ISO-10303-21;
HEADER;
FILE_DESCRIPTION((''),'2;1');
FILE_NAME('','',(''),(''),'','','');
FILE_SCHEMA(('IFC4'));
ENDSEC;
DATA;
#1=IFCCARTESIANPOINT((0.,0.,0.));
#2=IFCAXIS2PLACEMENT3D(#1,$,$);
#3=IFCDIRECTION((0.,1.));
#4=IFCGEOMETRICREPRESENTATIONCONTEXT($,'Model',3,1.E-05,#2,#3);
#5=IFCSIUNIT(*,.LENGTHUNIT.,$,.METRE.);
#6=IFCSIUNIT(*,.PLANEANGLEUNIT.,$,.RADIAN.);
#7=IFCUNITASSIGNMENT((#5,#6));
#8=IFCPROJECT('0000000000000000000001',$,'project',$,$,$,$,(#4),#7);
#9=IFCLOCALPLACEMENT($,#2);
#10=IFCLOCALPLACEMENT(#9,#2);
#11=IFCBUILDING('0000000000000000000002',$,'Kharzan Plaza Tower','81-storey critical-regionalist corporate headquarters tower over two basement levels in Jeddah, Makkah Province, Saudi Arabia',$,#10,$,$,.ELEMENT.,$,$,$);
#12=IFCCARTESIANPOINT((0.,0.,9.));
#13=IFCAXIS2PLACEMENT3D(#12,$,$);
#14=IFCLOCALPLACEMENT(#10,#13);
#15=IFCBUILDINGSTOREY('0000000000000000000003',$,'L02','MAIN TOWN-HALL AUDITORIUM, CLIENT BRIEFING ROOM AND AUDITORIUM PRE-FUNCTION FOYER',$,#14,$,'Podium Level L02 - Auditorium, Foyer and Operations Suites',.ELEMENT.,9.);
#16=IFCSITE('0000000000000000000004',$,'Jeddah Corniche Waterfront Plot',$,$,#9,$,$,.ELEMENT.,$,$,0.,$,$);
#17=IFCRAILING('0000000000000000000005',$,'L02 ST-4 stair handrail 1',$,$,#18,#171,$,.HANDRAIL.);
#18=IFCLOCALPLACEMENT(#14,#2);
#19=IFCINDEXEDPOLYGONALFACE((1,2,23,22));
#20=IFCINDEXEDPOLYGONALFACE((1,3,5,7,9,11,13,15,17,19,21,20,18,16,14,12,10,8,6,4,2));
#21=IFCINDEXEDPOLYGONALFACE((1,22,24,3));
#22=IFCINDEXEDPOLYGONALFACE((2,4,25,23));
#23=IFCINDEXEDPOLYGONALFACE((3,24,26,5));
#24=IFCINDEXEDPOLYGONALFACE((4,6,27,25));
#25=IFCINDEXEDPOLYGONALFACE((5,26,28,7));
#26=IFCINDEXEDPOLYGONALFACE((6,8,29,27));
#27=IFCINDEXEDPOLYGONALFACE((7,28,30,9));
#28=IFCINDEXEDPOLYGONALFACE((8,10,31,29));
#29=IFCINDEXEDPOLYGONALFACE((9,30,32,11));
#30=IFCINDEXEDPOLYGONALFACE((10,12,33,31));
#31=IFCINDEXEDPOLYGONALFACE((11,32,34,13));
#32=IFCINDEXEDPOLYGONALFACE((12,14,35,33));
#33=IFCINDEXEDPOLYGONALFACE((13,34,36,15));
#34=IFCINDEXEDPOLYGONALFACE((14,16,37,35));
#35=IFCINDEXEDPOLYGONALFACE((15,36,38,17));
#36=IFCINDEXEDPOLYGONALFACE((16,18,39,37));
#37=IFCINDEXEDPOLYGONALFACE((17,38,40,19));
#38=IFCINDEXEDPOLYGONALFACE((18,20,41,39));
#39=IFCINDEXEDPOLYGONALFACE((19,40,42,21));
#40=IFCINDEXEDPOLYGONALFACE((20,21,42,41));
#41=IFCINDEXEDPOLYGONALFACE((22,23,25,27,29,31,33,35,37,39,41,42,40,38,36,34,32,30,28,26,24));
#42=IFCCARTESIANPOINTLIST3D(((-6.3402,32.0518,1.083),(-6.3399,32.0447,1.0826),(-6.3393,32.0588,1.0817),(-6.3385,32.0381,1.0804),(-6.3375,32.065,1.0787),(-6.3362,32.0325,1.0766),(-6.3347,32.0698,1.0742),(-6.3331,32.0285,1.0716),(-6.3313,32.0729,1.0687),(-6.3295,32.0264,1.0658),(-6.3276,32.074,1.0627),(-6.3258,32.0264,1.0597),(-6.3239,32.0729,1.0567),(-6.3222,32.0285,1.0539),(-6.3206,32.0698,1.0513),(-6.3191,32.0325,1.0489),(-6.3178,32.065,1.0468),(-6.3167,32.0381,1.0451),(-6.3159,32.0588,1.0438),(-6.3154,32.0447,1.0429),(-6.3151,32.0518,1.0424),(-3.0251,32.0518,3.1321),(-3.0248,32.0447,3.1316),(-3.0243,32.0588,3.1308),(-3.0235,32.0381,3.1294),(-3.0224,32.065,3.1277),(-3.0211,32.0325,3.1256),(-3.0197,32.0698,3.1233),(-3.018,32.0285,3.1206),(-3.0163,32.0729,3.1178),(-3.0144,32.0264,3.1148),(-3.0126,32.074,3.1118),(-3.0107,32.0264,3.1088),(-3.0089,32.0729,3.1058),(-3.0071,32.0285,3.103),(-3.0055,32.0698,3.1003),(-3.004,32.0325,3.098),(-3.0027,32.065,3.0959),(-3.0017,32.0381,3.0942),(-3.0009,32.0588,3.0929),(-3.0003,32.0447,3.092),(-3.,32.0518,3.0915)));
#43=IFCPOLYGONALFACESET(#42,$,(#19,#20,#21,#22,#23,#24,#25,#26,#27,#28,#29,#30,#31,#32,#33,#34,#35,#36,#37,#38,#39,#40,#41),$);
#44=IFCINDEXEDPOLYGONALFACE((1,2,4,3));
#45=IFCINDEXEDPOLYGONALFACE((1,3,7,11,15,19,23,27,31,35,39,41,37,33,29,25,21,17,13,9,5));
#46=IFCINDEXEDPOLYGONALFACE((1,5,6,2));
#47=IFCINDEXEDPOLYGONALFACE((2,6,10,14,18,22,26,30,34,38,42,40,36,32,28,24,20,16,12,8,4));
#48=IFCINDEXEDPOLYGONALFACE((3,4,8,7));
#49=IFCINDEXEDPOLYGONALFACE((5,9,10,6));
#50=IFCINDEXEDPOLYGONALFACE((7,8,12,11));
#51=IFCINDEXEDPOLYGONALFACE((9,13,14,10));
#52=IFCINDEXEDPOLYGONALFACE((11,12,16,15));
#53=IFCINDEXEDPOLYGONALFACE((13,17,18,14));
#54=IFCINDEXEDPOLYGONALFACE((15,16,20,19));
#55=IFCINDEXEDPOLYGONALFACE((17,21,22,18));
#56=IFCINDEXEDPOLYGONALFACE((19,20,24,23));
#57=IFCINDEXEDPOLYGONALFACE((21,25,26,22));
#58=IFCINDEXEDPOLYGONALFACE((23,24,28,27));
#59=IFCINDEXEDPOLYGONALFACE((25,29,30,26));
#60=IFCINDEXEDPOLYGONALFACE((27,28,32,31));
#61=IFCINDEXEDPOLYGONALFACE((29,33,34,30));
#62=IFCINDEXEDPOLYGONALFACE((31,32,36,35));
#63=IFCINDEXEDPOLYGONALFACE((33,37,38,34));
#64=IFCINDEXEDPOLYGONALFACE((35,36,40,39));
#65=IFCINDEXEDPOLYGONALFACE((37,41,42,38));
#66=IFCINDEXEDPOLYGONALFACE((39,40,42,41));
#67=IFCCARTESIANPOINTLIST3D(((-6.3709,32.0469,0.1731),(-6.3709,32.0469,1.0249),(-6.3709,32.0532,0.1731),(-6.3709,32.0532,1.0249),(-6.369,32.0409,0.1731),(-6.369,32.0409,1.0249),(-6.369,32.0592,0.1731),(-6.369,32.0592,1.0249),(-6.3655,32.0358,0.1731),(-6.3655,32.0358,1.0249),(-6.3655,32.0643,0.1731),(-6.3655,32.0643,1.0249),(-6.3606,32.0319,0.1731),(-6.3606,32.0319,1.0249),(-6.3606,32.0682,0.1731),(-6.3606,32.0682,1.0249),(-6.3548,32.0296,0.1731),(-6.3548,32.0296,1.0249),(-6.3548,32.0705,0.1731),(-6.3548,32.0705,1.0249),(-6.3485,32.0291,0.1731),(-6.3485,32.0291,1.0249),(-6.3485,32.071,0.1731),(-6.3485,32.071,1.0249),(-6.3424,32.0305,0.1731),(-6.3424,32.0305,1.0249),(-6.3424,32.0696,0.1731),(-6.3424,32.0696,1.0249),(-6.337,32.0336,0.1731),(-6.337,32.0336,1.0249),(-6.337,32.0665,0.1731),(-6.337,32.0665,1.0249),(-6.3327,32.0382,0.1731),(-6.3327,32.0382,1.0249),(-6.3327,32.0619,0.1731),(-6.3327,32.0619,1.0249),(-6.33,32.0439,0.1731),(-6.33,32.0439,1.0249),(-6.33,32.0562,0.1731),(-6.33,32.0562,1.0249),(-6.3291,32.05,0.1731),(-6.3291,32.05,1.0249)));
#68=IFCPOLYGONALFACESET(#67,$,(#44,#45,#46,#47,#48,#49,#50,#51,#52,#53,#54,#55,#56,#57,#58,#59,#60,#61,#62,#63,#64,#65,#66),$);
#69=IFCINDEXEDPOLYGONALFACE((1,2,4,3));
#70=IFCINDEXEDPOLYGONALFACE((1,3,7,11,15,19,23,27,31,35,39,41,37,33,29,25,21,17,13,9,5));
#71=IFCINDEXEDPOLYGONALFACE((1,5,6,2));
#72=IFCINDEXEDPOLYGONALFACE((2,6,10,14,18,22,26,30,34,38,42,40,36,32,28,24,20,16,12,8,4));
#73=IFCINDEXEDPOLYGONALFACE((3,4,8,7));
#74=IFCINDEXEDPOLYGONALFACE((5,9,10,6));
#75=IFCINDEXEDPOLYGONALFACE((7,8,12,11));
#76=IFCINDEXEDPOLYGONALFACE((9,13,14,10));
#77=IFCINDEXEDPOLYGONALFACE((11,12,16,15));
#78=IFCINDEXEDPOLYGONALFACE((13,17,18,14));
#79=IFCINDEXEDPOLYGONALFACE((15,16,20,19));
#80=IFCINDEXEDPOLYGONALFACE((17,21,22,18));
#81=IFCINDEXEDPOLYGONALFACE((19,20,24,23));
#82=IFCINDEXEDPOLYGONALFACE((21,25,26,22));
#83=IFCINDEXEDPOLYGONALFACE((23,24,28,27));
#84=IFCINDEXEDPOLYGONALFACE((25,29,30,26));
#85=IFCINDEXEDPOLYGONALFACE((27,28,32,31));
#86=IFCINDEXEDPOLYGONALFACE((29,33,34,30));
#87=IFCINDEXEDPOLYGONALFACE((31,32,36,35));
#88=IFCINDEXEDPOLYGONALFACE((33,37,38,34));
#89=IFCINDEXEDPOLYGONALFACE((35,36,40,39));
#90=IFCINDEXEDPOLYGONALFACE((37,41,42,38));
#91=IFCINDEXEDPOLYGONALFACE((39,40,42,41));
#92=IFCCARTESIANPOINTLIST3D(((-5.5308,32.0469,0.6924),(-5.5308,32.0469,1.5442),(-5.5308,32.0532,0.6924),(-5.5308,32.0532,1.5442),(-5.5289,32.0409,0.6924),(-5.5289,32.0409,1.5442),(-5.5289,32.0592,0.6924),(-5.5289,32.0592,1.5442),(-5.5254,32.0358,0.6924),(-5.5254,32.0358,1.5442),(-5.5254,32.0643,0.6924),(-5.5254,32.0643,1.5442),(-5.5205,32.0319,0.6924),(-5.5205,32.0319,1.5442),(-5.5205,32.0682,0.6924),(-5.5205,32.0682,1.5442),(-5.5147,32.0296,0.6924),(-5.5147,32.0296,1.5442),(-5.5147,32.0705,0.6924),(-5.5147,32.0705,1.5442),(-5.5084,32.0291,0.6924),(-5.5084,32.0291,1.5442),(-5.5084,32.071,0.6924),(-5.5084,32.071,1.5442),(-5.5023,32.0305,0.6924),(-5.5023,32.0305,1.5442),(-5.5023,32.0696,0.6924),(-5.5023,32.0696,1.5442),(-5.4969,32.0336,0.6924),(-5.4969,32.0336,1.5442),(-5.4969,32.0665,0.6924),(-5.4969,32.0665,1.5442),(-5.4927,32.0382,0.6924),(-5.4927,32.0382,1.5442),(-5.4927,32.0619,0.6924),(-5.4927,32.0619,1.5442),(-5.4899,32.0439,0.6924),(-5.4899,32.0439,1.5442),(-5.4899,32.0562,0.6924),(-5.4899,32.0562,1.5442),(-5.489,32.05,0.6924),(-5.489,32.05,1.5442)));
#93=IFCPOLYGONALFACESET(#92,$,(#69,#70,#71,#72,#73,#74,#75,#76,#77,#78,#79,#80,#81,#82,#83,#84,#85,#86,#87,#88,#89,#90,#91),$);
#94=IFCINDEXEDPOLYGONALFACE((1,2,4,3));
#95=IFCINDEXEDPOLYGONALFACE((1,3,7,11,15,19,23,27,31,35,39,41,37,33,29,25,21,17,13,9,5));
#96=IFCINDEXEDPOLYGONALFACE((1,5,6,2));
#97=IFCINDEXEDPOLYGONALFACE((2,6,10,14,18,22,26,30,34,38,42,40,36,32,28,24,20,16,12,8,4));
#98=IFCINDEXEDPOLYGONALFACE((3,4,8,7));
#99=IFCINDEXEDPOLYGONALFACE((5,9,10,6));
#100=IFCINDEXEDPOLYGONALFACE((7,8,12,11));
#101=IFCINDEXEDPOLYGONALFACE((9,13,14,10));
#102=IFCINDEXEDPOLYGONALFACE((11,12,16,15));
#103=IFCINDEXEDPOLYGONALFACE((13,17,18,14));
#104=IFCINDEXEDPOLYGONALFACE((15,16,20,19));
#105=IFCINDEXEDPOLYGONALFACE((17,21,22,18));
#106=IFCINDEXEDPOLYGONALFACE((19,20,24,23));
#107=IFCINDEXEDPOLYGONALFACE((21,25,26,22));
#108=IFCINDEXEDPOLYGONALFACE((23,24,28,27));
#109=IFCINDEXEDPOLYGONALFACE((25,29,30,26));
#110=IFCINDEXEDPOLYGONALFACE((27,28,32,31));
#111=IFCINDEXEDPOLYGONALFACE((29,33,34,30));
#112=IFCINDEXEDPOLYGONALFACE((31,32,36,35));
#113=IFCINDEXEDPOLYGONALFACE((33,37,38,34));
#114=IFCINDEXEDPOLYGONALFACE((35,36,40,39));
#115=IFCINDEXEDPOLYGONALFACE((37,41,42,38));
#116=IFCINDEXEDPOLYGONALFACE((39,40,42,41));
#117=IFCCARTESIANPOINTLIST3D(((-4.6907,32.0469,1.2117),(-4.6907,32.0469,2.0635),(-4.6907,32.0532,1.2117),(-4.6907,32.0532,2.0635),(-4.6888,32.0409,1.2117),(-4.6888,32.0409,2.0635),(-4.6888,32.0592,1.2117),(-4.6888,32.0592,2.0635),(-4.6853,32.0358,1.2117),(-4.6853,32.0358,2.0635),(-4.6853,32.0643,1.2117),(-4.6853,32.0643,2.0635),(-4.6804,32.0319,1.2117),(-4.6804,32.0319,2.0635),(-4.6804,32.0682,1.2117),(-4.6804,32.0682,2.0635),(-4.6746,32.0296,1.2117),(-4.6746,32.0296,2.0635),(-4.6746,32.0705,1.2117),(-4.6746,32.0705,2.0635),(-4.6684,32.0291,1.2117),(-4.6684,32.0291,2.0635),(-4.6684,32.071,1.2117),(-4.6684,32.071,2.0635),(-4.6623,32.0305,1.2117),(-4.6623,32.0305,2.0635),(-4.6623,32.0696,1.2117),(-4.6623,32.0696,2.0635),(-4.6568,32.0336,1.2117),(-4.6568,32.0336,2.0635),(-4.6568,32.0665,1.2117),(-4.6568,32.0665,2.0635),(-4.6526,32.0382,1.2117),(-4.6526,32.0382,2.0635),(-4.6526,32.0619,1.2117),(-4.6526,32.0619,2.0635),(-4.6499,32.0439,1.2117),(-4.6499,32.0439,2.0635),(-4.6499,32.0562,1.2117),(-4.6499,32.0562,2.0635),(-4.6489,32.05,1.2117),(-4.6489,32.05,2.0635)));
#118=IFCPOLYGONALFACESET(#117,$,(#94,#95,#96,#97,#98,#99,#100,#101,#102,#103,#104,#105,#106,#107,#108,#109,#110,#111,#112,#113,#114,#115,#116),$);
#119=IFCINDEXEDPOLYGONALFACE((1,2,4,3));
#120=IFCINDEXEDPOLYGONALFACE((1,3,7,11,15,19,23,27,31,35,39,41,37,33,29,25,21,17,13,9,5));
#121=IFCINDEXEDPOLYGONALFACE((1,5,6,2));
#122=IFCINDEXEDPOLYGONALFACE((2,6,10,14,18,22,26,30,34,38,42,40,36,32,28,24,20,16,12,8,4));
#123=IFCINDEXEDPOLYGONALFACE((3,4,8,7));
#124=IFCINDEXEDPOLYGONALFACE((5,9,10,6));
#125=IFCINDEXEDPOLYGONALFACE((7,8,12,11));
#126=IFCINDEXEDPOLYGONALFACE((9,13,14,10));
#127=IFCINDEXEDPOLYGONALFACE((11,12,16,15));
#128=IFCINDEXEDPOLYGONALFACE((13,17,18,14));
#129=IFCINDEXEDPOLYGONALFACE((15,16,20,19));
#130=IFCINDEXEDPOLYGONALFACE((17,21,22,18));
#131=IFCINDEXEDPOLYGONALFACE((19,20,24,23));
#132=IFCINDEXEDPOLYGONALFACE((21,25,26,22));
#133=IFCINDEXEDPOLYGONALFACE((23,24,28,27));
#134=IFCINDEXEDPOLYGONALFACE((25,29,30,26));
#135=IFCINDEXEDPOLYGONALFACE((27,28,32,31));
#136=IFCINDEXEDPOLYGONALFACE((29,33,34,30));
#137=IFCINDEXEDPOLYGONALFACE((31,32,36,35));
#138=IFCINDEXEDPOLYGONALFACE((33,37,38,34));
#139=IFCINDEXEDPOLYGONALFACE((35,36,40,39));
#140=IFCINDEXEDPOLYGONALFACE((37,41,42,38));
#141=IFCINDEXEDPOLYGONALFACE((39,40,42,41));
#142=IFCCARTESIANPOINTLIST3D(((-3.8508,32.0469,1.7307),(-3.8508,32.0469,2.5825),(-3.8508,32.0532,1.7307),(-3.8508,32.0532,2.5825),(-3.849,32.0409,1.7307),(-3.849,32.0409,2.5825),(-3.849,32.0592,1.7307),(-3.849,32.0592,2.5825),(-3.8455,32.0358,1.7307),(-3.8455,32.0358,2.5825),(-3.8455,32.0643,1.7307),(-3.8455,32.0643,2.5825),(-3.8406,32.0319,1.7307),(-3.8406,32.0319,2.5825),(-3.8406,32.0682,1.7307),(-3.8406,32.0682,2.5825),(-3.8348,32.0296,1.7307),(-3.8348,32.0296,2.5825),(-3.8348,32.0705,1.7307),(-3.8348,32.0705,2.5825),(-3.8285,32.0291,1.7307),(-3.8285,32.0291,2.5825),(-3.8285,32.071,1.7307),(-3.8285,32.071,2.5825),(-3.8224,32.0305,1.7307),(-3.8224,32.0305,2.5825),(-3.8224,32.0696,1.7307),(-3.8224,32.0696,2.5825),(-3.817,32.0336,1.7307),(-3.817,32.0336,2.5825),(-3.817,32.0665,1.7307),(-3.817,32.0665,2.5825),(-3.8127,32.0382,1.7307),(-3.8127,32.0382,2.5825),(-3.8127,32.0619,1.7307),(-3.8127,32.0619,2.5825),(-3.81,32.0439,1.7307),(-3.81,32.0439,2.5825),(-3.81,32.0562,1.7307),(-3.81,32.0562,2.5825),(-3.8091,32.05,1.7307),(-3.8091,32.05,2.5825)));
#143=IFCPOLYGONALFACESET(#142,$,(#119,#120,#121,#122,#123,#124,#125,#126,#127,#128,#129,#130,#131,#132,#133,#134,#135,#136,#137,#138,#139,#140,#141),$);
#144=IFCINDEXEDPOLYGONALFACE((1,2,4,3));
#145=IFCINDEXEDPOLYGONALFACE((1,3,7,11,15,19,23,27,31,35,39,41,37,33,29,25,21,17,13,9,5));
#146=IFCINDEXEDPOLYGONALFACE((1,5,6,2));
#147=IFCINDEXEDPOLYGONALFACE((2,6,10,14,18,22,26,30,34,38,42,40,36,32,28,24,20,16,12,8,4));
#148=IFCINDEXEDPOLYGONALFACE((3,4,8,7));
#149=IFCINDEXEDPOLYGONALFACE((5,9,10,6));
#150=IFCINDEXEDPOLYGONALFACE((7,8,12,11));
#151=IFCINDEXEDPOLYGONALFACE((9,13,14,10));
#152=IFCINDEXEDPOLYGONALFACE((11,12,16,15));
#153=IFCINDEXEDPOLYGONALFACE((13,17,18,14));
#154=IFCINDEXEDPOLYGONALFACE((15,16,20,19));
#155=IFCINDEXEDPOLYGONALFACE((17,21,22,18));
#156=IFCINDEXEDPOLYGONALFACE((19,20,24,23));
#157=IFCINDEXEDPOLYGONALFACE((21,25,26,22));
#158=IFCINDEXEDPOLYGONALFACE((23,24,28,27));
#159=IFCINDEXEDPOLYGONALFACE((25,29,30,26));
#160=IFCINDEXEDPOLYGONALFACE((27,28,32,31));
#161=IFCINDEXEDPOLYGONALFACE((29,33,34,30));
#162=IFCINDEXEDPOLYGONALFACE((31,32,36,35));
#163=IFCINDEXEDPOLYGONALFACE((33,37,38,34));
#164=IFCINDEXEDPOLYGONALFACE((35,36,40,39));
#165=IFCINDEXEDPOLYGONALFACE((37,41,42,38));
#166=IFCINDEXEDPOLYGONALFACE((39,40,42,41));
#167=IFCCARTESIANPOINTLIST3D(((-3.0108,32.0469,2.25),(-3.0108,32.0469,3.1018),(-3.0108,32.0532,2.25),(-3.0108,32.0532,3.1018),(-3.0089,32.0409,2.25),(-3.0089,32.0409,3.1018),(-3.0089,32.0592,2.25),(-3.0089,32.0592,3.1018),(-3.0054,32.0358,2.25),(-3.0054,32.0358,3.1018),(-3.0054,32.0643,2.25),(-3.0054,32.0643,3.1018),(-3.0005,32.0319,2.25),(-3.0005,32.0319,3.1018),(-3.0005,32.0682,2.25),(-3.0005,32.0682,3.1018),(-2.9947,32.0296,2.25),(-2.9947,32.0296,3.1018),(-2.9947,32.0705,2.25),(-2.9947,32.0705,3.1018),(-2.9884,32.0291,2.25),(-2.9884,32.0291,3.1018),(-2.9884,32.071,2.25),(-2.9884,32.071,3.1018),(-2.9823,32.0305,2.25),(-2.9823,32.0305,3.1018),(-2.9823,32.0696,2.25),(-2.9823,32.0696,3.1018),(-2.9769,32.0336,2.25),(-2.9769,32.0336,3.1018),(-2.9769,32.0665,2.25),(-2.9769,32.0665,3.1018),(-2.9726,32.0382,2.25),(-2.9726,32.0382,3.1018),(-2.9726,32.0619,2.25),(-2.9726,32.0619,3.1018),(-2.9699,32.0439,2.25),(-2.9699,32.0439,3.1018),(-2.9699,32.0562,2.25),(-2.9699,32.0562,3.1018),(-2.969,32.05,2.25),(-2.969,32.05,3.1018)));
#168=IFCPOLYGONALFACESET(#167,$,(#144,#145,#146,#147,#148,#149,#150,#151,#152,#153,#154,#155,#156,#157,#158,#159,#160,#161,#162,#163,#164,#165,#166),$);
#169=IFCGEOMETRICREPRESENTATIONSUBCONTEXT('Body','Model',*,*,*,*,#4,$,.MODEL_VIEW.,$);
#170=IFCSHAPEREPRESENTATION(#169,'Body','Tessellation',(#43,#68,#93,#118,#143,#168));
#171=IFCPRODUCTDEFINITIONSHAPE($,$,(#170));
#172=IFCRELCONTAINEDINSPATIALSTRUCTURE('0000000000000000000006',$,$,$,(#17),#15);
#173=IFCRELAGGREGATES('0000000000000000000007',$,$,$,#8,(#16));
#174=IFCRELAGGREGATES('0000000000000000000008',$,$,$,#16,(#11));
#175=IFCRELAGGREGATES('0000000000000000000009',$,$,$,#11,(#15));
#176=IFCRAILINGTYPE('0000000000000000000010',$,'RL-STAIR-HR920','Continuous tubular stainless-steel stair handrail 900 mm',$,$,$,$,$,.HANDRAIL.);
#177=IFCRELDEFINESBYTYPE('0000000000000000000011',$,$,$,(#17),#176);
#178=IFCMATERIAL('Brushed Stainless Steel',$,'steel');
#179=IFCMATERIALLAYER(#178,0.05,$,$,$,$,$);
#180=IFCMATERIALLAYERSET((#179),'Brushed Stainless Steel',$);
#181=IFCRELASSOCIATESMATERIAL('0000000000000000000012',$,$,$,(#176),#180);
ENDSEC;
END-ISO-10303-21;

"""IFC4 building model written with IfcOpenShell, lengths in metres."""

from ifc_helpers import new_model, si_unit, direction, frame, origin, origin_2d, place, context, subcontext, project, spatial, circle, extrude, source, transform, mapped, material, layer, layer_set, type_object, element, save


model = new_model("IFC4")

# Units and contexts
model_context = context("Model", 3, precision=1e-05, world=origin(), true_north=direction((0.0, 1.0)))
body_context = subcontext(model_context, "Body", "Model", "MODEL_VIEW")
ifc_project = project(units=[si_unit("LENGTHUNIT", "METRE"), si_unit("PLANEANGLEUNIT", "RADIAN")], contexts=[model_context])

# Site, building, storey
site_placement = place(None, origin())
site = spatial("IfcSite", under=ifc_project, at=site_placement, Name="Jeddah Corniche Waterfront Plot", CompositionType="ELEMENT", RefElevation=0.0)
building_placement = place(site_placement, origin())
building = spatial("IfcBuilding", under=site, at=building_placement, Name="Kharzan Plaza Tower", Description="81-storey critical-regionalist corporate headquarters tower over two basement levels in Jeddah, Makkah Province, Saudi Arabia", CompositionType="ELEMENT")
storey_placement = place(building_placement, frame((0.0, 0.0, 9.0)))
storey = spatial("IfcBuildingStorey", under=building, at=storey_placement, Name="L02", Description="MAIN TOWN-HALL AUDITORIUM, CLIENT BRIEFING ROOM AND AUDITORIUM PRE-FUNCTION FOYER", LongName="Podium Level L02 - Auditorium, Foyer and Operations Suites", CompositionType="ELEMENT", Elevation=9.0)

# Railing
ifc_material_1 = material(Name="Brushed Stainless Steel", Category="steel")
ifc_layer_1 = layer(ifc_material_1, 0.05)
ifc_layer_set_1 = layer_set([ifc_layer_1], Name="Brushed Stainless Steel")
railing_type_1 = type_object("IfcRailingType", Name="RL-STAIR-HR920", Description="Continuous tubular stainless-steel stair handrail 900 mm", PredefinedType="HANDRAIL", material=ifc_layer_set_1)
shared_shape_1 = source(origin(), body_context, "Body", "SweptSolid", [
    extrude(circle(Radius=0.0239, at=origin_2d()), frame((0.0225, 0.0, 0.8896), z_axis=(0.850623, 0.0, 0.525776), x_axis=(0.0, 1.0, 0.0)), (0.0, 0.0, 1.0), 3.8972),
    extrude(circle(Radius=0.021, at=origin_2d()), origin(), (0.0, 0.0, 1.0), 0.8518),
    extrude(circle(Radius=0.021, at=origin_2d()), frame((0.8401, 0.0, 0.5193)), (0.0, 0.0, 1.0), 0.8518),
    extrude(circle(Radius=0.021, at=origin_2d()), frame((1.6802, 0.0, 1.0386)), (0.0, 0.0, 1.0), 0.8518),
    extrude(circle(Radius=0.021, at=origin_2d()), frame((2.52, 0.0, 1.5576)), (0.0, 0.0, 1.0), 0.8518),
    extrude(circle(Radius=0.021, at=origin_2d()), frame((3.3601, 0.0, 2.0769)), (0.0, 0.0, 1.0), 0.8518),
])
railing_1_placement = place(storey_placement, frame((-6.3501, 32.05, 0.1731)))
element("IfcRailing", 1, at=railing_1_placement, inside=storey, type_object=railing_type_1, Name="L02 ST-4 stair handrail 1", PredefinedType="HANDRAIL", context=body_context, shape_type="MappedRepresentation", body=[
    mapped(shared_shape_1, transform((0.0, 0.0, 0.0), x_axis=(1.0, 0.0, 0.0), y_axis=(0.0, 1.0, 0.0), z_axis=(0.0, 0.0, 1.0))),
])

save(model, "model.ifc")
